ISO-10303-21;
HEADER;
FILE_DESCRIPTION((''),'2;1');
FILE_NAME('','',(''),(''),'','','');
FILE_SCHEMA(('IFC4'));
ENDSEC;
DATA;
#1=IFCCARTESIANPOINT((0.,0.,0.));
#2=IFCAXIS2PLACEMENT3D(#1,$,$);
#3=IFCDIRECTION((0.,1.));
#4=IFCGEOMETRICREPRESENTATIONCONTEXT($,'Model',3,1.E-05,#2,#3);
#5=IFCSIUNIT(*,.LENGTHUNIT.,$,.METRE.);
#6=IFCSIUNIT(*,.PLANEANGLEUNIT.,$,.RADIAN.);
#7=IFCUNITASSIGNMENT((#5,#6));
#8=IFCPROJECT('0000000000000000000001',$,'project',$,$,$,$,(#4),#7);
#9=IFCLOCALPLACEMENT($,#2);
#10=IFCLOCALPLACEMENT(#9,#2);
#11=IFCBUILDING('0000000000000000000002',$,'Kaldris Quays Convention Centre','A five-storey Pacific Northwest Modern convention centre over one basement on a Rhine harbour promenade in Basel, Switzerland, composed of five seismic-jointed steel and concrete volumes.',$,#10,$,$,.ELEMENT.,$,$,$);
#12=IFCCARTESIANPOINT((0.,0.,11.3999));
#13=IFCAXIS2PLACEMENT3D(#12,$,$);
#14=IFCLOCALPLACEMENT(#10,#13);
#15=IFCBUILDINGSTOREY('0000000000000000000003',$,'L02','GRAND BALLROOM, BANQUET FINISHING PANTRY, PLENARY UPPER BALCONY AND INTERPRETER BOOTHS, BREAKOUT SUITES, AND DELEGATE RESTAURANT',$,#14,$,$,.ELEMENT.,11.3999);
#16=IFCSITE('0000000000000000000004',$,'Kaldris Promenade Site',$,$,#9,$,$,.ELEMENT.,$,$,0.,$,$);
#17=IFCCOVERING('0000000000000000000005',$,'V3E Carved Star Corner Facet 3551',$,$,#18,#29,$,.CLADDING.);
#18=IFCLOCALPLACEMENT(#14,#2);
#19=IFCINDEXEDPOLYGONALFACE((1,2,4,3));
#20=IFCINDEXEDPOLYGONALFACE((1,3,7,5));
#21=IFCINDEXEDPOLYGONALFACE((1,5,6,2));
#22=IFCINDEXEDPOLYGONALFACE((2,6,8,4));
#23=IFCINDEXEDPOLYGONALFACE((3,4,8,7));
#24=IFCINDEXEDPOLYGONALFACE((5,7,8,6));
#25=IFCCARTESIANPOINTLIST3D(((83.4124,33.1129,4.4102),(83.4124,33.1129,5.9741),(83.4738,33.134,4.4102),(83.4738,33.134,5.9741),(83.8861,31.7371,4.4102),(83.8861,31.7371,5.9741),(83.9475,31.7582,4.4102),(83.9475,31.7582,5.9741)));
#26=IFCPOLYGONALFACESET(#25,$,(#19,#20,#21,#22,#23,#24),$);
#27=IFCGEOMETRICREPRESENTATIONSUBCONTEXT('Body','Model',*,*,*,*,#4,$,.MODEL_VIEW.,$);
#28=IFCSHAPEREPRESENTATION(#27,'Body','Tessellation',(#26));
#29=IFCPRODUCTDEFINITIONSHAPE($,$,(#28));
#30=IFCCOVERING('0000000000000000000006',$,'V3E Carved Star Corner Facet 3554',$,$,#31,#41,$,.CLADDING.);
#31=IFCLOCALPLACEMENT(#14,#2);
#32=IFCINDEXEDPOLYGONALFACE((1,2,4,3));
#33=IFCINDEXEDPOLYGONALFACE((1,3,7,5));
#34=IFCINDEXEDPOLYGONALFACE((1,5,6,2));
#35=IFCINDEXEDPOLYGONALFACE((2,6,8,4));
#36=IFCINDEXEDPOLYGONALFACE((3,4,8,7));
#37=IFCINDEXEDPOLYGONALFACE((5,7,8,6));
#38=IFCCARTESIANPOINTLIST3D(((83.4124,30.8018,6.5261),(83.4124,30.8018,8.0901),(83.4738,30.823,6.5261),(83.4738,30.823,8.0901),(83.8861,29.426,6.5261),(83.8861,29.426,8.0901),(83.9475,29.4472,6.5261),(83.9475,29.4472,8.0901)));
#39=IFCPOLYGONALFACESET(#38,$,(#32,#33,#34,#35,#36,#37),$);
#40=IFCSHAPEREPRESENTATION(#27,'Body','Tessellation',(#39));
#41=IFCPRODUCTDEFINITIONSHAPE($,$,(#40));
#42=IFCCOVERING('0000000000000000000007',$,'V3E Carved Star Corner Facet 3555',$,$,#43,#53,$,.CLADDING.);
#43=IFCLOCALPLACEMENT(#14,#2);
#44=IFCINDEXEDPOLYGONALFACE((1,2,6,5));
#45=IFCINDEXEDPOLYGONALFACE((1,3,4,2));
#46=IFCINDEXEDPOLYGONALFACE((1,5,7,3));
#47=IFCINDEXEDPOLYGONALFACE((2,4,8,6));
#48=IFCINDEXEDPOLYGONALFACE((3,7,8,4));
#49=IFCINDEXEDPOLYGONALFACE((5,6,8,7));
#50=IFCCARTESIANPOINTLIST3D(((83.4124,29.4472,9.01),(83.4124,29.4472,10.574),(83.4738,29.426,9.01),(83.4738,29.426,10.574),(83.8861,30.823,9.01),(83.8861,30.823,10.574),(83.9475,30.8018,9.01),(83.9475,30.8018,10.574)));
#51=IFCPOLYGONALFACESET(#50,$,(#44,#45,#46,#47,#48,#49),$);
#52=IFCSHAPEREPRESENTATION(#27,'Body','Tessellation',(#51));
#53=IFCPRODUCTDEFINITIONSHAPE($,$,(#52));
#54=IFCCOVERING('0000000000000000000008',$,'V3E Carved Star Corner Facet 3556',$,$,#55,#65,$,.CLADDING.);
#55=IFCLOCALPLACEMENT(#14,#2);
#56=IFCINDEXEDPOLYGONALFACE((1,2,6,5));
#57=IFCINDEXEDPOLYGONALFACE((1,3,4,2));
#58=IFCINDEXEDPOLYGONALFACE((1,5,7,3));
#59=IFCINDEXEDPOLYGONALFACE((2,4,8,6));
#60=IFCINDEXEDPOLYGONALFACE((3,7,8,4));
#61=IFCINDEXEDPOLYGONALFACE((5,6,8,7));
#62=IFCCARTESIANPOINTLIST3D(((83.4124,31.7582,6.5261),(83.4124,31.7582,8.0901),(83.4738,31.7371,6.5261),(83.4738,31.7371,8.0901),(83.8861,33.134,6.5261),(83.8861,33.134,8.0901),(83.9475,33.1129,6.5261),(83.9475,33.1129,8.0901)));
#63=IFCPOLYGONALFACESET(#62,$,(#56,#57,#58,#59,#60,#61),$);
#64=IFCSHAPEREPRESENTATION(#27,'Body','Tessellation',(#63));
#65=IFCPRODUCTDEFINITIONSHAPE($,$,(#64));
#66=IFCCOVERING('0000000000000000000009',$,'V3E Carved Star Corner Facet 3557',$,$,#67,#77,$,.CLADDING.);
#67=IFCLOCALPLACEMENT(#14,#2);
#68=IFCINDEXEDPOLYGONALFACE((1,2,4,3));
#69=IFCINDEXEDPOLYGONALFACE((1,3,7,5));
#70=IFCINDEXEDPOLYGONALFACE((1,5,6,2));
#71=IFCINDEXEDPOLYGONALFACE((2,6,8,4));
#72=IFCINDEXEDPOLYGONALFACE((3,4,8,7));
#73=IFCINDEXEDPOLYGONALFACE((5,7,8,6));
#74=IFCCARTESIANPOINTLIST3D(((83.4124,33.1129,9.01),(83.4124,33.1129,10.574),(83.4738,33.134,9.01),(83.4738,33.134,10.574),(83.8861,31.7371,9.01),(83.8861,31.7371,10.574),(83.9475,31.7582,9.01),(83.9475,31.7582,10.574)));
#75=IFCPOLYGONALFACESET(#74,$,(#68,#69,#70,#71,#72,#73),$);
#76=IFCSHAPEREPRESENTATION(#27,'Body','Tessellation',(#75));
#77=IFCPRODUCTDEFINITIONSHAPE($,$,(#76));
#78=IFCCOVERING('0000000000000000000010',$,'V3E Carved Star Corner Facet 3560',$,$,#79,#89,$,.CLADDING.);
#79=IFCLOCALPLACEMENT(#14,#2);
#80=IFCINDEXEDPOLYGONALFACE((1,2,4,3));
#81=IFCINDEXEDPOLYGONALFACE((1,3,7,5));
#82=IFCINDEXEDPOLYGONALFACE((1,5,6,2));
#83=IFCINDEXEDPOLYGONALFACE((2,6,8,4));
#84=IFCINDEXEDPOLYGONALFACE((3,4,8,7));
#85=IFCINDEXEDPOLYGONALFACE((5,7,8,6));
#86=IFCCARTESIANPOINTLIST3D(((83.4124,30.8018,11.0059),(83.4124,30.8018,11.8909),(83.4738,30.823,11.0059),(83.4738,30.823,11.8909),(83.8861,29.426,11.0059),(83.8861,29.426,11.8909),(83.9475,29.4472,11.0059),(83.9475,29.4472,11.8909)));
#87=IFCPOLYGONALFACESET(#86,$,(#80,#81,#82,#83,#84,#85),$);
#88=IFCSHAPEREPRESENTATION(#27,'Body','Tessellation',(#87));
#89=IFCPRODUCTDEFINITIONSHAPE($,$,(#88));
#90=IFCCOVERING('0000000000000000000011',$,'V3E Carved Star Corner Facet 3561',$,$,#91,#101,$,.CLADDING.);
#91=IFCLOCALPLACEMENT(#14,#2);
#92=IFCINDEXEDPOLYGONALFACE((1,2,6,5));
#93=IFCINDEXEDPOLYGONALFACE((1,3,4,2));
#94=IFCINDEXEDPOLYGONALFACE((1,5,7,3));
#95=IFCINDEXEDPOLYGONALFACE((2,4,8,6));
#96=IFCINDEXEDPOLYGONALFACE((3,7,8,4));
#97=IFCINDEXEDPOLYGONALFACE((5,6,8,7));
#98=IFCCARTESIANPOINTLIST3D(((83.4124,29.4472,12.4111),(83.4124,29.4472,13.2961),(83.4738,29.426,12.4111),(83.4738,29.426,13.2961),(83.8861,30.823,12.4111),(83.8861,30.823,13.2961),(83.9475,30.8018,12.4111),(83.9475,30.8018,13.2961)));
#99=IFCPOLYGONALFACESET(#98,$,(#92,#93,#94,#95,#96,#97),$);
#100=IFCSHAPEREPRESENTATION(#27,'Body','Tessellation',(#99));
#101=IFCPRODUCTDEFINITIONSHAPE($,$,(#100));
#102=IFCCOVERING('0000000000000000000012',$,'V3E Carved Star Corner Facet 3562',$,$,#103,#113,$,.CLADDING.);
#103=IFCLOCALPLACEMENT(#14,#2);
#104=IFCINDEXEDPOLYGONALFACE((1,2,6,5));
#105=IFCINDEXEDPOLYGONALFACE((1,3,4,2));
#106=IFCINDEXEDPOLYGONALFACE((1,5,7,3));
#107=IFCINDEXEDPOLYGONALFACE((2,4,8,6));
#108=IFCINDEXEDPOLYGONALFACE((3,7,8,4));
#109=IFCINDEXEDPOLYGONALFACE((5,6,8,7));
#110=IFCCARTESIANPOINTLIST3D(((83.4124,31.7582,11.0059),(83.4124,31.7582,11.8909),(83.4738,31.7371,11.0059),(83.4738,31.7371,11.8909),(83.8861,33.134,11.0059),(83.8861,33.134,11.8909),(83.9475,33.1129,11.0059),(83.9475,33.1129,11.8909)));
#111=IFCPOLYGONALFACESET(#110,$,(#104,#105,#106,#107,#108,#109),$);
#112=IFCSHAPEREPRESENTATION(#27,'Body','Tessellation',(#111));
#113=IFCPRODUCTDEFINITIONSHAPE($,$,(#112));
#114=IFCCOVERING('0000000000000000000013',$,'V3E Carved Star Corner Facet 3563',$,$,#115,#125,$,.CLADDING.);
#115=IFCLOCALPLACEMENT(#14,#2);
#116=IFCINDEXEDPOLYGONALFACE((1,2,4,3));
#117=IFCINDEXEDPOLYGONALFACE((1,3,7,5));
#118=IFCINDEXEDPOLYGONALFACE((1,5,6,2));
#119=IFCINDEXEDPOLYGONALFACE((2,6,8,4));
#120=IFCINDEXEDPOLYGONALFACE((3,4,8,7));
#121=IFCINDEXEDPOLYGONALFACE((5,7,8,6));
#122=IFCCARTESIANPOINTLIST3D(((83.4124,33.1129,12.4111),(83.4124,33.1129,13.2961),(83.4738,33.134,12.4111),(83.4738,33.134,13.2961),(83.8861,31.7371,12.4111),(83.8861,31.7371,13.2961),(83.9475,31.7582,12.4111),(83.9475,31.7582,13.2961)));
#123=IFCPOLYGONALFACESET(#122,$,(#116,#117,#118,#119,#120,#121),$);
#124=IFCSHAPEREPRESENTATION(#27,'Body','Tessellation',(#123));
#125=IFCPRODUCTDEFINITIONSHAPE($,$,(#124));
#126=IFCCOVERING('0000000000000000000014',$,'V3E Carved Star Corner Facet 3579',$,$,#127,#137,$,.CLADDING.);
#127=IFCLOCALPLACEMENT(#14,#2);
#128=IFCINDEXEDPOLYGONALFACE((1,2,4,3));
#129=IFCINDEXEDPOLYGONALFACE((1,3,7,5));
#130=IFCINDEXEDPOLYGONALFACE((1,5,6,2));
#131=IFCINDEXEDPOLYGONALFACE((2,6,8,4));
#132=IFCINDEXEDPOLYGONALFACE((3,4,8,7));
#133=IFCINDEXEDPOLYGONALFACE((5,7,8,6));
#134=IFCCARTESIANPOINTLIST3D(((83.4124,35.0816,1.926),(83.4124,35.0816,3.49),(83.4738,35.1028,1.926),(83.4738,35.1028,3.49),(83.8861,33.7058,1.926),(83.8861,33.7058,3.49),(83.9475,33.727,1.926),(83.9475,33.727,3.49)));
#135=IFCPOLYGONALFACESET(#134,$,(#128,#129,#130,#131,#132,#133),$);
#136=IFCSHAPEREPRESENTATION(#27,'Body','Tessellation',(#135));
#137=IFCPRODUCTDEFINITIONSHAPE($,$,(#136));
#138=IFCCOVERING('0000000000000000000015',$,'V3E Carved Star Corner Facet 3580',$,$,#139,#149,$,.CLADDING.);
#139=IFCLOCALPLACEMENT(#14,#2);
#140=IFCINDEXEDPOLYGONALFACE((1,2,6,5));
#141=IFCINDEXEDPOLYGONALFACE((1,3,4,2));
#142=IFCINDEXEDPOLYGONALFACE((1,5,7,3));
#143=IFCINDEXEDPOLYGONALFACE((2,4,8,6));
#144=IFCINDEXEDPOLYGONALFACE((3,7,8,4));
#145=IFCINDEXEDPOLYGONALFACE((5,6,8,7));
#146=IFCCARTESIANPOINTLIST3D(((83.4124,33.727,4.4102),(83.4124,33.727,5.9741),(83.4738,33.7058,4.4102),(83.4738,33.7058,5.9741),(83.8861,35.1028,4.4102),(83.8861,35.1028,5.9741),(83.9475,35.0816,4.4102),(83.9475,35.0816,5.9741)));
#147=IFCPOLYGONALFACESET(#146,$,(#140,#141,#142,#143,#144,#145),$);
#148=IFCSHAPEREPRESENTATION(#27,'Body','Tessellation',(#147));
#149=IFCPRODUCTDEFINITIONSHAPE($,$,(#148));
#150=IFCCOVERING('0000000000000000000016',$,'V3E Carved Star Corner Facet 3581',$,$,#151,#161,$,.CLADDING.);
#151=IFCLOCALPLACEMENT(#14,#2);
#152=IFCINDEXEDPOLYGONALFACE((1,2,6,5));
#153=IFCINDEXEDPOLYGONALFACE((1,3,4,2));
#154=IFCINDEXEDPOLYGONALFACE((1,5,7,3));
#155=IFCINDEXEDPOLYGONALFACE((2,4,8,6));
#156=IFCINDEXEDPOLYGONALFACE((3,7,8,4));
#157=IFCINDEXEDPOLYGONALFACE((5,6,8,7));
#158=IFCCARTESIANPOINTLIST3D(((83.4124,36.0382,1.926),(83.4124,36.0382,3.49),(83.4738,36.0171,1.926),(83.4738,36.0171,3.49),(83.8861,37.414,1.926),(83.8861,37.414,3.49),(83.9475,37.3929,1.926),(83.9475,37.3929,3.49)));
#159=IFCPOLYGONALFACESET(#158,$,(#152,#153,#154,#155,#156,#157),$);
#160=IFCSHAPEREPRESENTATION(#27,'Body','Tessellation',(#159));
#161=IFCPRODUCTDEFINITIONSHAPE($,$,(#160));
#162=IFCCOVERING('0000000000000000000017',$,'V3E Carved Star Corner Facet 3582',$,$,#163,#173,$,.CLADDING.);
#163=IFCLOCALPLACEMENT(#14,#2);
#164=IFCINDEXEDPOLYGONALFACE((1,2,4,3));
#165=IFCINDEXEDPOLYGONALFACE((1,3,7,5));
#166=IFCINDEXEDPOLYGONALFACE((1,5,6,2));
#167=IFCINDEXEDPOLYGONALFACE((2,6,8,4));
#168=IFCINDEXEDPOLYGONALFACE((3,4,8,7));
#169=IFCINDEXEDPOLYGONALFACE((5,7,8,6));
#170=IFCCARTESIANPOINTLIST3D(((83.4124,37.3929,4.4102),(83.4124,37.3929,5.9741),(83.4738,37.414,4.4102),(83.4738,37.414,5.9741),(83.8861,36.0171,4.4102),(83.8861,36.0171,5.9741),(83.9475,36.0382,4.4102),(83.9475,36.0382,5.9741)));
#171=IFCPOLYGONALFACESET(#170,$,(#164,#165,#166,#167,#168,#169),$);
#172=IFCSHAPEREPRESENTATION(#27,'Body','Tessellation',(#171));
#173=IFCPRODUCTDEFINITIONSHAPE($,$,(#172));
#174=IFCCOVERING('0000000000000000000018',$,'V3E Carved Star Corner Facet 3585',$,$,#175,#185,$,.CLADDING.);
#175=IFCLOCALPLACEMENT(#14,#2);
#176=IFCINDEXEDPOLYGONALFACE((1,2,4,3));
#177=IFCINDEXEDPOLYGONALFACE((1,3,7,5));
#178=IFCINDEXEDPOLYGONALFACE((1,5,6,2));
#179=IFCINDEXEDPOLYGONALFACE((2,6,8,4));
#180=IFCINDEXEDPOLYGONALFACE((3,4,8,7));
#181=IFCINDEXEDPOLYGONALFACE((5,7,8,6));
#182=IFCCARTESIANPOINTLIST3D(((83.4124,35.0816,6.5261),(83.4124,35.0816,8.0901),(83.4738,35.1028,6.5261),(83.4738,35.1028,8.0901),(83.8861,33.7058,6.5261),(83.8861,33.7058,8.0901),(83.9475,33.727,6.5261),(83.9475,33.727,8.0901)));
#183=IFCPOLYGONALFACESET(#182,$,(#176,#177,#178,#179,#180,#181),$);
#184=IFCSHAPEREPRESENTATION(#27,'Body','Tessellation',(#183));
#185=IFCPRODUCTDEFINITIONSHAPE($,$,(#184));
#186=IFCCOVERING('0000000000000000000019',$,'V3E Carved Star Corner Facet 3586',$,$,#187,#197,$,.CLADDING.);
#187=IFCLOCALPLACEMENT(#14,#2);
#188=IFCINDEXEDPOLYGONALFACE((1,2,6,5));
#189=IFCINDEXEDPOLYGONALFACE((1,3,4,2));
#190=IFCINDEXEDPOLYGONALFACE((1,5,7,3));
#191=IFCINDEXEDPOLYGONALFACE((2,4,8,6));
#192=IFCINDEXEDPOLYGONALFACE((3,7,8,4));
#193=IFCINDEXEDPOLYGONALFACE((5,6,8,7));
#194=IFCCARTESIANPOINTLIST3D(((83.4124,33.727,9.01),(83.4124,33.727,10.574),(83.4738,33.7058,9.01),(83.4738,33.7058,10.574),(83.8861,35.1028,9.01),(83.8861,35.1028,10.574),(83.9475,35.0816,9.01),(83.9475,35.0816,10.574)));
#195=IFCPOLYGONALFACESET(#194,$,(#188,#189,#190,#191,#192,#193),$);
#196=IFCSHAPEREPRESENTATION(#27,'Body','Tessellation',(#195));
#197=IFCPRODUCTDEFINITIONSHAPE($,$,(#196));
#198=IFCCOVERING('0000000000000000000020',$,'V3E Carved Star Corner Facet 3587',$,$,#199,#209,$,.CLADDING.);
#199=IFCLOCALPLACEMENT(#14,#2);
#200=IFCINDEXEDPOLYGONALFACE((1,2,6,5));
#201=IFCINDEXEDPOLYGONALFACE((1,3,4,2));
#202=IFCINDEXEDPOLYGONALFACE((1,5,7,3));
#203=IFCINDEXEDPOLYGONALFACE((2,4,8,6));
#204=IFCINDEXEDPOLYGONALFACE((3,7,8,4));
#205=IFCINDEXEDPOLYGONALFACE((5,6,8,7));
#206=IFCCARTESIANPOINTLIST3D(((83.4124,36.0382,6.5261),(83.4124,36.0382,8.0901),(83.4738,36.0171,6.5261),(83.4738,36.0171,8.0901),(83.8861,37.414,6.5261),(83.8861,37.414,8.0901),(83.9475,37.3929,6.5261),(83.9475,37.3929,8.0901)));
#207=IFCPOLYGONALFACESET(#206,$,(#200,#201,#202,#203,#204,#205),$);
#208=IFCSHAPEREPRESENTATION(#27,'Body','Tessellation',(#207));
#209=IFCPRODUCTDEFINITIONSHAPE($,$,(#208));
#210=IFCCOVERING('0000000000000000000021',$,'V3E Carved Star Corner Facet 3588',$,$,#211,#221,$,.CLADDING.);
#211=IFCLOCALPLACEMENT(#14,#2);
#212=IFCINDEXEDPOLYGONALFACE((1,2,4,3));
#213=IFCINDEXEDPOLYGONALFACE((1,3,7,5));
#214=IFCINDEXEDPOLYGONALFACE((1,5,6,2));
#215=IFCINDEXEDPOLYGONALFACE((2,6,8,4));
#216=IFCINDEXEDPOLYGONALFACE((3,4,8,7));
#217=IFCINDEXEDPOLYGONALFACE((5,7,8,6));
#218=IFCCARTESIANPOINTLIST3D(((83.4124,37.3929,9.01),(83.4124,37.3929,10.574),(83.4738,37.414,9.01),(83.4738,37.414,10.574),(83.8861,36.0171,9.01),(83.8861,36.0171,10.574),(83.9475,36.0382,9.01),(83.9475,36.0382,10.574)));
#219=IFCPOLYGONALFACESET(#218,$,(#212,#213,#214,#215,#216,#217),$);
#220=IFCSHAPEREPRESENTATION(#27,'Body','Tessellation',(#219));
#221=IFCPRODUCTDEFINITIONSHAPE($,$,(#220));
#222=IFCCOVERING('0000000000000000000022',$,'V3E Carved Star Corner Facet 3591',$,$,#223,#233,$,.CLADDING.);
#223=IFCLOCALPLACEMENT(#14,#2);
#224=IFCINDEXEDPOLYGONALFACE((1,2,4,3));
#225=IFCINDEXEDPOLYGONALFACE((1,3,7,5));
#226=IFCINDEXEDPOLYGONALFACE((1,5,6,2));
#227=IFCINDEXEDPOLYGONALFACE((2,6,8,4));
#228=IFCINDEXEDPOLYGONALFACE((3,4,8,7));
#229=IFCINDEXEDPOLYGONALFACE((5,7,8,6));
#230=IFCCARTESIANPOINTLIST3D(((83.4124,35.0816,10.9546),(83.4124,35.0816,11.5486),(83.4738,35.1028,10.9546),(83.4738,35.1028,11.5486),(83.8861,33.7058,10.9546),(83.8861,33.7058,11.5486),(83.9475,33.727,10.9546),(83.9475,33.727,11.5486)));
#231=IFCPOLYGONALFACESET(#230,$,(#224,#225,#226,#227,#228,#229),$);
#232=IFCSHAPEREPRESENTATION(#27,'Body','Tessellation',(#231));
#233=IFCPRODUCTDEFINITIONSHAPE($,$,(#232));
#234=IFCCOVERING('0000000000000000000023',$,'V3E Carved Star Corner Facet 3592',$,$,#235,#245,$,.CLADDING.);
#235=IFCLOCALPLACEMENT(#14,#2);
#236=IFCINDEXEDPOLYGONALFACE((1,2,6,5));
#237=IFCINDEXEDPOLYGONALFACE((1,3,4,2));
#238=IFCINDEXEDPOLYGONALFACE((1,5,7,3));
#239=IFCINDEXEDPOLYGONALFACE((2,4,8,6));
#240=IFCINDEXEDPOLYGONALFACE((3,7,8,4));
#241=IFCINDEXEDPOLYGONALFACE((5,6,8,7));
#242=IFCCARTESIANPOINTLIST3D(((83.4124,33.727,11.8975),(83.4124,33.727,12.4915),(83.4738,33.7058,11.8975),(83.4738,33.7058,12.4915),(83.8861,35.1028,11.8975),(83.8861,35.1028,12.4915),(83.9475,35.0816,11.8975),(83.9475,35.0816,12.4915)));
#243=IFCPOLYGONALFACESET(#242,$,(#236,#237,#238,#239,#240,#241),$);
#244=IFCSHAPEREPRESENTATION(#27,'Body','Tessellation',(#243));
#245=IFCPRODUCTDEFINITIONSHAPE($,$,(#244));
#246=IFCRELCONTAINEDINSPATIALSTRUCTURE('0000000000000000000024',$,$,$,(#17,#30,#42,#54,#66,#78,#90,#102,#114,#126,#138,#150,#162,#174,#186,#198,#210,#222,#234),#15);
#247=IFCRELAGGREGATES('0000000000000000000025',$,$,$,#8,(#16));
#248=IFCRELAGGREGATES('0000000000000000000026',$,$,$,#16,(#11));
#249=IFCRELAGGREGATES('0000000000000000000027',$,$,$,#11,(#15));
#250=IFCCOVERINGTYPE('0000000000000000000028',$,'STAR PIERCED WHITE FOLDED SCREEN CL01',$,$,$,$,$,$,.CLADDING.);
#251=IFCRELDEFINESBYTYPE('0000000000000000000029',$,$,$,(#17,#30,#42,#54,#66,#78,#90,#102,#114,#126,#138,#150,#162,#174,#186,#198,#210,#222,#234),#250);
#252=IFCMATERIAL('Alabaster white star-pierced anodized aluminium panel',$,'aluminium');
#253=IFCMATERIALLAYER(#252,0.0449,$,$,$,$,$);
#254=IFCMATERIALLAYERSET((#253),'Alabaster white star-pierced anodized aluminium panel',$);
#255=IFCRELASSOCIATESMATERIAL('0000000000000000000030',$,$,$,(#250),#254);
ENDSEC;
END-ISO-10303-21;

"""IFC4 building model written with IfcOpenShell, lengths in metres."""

from ifc_helpers import new_model, si_unit, direction, frame, origin, origin_2d, place, context, subcontext, project, spatial, rectangle, extrude, material, layer, layer_set, type_object, element, save


model = new_model("IFC4")

# Units and contexts
model_context = context("Model", 3, precision=1e-05, world=origin(), true_north=direction((0.0, 1.0)))
body_context = subcontext(model_context, "Body", "Model", "MODEL_VIEW")
ifc_project = project(units=[si_unit("LENGTHUNIT", "METRE"), si_unit("PLANEANGLEUNIT", "RADIAN")], contexts=[model_context])

# Site, building, storey
site_placement = place(None, origin())
site = spatial("IfcSite", under=ifc_project, at=site_placement, Name="Kaldris Promenade Site", CompositionType="ELEMENT", RefElevation=0.0)
building_placement = place(site_placement, origin())
building = spatial("IfcBuilding", under=site, at=building_placement, Name="Kaldris Quays Convention Centre", Description="A five-storey Pacific Northwest Modern convention centre over one basement on a Rhine harbour promenade in Basel, Switzerland, composed of five seismic-jointed steel and concrete volumes.", CompositionType="ELEMENT")
storey_placement = place(building_placement, frame((0.0, 0.0, 11.3999)))
storey = spatial("IfcBuildingStorey", under=building, at=storey_placement, Name="L02", Description="GRAND BALLROOM, BANQUET FINISHING PANTRY, PLENARY UPPER BALCONY AND INTERPRETER BOOTHS, BREAKOUT SUITES, AND DELEGATE RESTAURANT", CompositionType="ELEMENT", Elevation=11.3999)

# Coverings
ifc_material_1 = material(Name="Alabaster white star-pierced anodized aluminium panel", Category="aluminium")
ifc_layer = layer(ifc_material_1, 0.0449)
ifc_layer_set = layer_set([ifc_layer], Name="Alabaster white star-pierced anodized aluminium panel")
covering_type = type_object("IfcCoveringType", Name="STAR PIERCED WHITE FOLDED SCREEN CL01", PredefinedType="CLADDING", material=ifc_layer_set)
for number, where, z_axis, x_axis, name in (
    (1, (83.6799, 32.4355, 4.4102), (0.0, 0.0, 1.0), (-0.325568, 0.945519, 0.0), "V3E Carved Star Corner Facet 3551"),
    (2, (83.6799, 30.1245, 6.5261), (0.0, 0.0, 1.0), (-0.325568, 0.945519, 0.0), "V3E Carved Star Corner Facet 3554"),
    (3, (83.6799, 30.1245, 9.01), (0.0, 0.0, 1.0), (0.325568, 0.945519, 0.0), "V3E Carved Star Corner Facet 3555"),
    (4, (83.6799, 32.4355, 6.5261), (0.0, 0.0, 1.0), (0.325568, 0.945519, 0.0), "V3E Carved Star Corner Facet 3556"),
    (5, (83.6799, 32.4355, 9.01), (0.0, 0.0, 1.0), (-0.325568, 0.945519, 0.0), "V3E Carved Star Corner Facet 3557"),
):
    element("IfcCovering", number, at=place(storey_placement, frame(where, z_axis=z_axis, x_axis=x_axis)), inside=storey, type_object=covering_type, Name=name, PredefinedType="CLADDING", context=body_context, shape_type="SweptSolid", body=[
        extrude(rectangle(XDim=1.4551, YDim=0.0649, at=origin_2d()), origin(), (0.0, 0.0, 1.0), 1.564),
    ])
for number, where, z_axis, x_axis, name in (
    (6, (83.6799, 30.1245, 11.0059), (0.0, 0.0, 1.0), (-0.325568, 0.945519, 0.0), "V3E Carved Star Corner Facet 3560"),
    (7, (83.6799, 30.1245, 12.4111), (0.0, 0.0, 1.0), (0.325568, 0.945519, 0.0), "V3E Carved Star Corner Facet 3561"),
    (8, (83.6799, 32.4355, 11.0059), (0.0, 0.0, 1.0), (0.325568, 0.945519, 0.0), "V3E Carved Star Corner Facet 3562"),
    (9, (83.6799, 32.4355, 12.4111), (0.0, 0.0, 1.0), (-0.325568, 0.945519, 0.0), "V3E Carved Star Corner Facet 3563"),
):
    element("IfcCovering", number, at=place(storey_placement, frame(where, z_axis=z_axis, x_axis=x_axis)), inside=storey, type_object=covering_type, Name=name, PredefinedType="CLADDING", context=body_context, shape_type="SweptSolid", body=[
        extrude(rectangle(XDim=1.4551, YDim=0.0649, at=origin_2d()), origin(), (0.0, 0.0, 1.0), 0.885),
    ])
for number, where, z_axis, x_axis, name in (
    (10, (83.6799, 34.4043, 1.926), (0.0, 0.0, 1.0), (-0.325568, 0.945519, 0.0), "V3E Carved Star Corner Facet 3579"),
    (11, (83.6799, 34.4043, 4.4102), (0.0, 0.0, 1.0), (0.325568, 0.945519, 0.0), "V3E Carved Star Corner Facet 3580"),
    (12, (83.6799, 36.7156, 1.926), (0.0, 0.0, 1.0), (0.325568, 0.945519, 0.0), "V3E Carved Star Corner Facet 3581"),
    (13, (83.6799, 36.7156, 4.4102), (0.0, 0.0, 1.0), (-0.325568, 0.945519, 0.0), "V3E Carved Star Corner Facet 3582"),
    (14, (83.6799, 34.4043, 6.5261), (0.0, 0.0, 1.0), (-0.325568, 0.945519, 0.0), "V3E Carved Star Corner Facet 3585"),
    (15, (83.6799, 34.4043, 9.01), (0.0, 0.0, 1.0), (0.325568, 0.945519, 0.0), "V3E Carved Star Corner Facet 3586"),
    (16, (83.6799, 36.7156, 6.5261), (0.0, 0.0, 1.0), (0.325568, 0.945519, 0.0), "V3E Carved Star Corner Facet 3587"),
    (17, (83.6799, 36.7156, 9.01), (0.0, 0.0, 1.0), (-0.325568, 0.945519, 0.0), "V3E Carved Star Corner Facet 3588"),
):
    element("IfcCovering", number, at=place(storey_placement, frame(where, z_axis=z_axis, x_axis=x_axis)), inside=storey, type_object=covering_type, Name=name, PredefinedType="CLADDING", context=body_context, shape_type="SweptSolid", body=[
        extrude(rectangle(XDim=1.4551, YDim=0.0649, at=origin_2d()), origin(), (0.0, 0.0, 1.0), 1.564),
    ])
for number, where, z_axis, x_axis, name in (
    (18, (83.6799, 34.4043, 10.9546), (0.0, 0.0, 1.0), (-0.325568, 0.945519, 0.0), "V3E Carved Star Corner Facet 3591"),
    (19, (83.6799, 34.4043, 11.8975), (0.0, 0.0, 1.0), (0.325568, 0.945519, 0.0), "V3E Carved Star Corner Facet 3592"),
):
    element("IfcCovering", number, at=place(storey_placement, frame(where, z_axis=z_axis, x_axis=x_axis)), inside=storey, type_object=covering_type, Name=name, PredefinedType="CLADDING", context=body_context, shape_type="SweptSolid", body=[
        extrude(rectangle(XDim=1.4551, YDim=0.0649, at=origin_2d()), origin(), (0.0, 0.0, 1.0), 0.594),
    ])

save(model, "model.ifc")
